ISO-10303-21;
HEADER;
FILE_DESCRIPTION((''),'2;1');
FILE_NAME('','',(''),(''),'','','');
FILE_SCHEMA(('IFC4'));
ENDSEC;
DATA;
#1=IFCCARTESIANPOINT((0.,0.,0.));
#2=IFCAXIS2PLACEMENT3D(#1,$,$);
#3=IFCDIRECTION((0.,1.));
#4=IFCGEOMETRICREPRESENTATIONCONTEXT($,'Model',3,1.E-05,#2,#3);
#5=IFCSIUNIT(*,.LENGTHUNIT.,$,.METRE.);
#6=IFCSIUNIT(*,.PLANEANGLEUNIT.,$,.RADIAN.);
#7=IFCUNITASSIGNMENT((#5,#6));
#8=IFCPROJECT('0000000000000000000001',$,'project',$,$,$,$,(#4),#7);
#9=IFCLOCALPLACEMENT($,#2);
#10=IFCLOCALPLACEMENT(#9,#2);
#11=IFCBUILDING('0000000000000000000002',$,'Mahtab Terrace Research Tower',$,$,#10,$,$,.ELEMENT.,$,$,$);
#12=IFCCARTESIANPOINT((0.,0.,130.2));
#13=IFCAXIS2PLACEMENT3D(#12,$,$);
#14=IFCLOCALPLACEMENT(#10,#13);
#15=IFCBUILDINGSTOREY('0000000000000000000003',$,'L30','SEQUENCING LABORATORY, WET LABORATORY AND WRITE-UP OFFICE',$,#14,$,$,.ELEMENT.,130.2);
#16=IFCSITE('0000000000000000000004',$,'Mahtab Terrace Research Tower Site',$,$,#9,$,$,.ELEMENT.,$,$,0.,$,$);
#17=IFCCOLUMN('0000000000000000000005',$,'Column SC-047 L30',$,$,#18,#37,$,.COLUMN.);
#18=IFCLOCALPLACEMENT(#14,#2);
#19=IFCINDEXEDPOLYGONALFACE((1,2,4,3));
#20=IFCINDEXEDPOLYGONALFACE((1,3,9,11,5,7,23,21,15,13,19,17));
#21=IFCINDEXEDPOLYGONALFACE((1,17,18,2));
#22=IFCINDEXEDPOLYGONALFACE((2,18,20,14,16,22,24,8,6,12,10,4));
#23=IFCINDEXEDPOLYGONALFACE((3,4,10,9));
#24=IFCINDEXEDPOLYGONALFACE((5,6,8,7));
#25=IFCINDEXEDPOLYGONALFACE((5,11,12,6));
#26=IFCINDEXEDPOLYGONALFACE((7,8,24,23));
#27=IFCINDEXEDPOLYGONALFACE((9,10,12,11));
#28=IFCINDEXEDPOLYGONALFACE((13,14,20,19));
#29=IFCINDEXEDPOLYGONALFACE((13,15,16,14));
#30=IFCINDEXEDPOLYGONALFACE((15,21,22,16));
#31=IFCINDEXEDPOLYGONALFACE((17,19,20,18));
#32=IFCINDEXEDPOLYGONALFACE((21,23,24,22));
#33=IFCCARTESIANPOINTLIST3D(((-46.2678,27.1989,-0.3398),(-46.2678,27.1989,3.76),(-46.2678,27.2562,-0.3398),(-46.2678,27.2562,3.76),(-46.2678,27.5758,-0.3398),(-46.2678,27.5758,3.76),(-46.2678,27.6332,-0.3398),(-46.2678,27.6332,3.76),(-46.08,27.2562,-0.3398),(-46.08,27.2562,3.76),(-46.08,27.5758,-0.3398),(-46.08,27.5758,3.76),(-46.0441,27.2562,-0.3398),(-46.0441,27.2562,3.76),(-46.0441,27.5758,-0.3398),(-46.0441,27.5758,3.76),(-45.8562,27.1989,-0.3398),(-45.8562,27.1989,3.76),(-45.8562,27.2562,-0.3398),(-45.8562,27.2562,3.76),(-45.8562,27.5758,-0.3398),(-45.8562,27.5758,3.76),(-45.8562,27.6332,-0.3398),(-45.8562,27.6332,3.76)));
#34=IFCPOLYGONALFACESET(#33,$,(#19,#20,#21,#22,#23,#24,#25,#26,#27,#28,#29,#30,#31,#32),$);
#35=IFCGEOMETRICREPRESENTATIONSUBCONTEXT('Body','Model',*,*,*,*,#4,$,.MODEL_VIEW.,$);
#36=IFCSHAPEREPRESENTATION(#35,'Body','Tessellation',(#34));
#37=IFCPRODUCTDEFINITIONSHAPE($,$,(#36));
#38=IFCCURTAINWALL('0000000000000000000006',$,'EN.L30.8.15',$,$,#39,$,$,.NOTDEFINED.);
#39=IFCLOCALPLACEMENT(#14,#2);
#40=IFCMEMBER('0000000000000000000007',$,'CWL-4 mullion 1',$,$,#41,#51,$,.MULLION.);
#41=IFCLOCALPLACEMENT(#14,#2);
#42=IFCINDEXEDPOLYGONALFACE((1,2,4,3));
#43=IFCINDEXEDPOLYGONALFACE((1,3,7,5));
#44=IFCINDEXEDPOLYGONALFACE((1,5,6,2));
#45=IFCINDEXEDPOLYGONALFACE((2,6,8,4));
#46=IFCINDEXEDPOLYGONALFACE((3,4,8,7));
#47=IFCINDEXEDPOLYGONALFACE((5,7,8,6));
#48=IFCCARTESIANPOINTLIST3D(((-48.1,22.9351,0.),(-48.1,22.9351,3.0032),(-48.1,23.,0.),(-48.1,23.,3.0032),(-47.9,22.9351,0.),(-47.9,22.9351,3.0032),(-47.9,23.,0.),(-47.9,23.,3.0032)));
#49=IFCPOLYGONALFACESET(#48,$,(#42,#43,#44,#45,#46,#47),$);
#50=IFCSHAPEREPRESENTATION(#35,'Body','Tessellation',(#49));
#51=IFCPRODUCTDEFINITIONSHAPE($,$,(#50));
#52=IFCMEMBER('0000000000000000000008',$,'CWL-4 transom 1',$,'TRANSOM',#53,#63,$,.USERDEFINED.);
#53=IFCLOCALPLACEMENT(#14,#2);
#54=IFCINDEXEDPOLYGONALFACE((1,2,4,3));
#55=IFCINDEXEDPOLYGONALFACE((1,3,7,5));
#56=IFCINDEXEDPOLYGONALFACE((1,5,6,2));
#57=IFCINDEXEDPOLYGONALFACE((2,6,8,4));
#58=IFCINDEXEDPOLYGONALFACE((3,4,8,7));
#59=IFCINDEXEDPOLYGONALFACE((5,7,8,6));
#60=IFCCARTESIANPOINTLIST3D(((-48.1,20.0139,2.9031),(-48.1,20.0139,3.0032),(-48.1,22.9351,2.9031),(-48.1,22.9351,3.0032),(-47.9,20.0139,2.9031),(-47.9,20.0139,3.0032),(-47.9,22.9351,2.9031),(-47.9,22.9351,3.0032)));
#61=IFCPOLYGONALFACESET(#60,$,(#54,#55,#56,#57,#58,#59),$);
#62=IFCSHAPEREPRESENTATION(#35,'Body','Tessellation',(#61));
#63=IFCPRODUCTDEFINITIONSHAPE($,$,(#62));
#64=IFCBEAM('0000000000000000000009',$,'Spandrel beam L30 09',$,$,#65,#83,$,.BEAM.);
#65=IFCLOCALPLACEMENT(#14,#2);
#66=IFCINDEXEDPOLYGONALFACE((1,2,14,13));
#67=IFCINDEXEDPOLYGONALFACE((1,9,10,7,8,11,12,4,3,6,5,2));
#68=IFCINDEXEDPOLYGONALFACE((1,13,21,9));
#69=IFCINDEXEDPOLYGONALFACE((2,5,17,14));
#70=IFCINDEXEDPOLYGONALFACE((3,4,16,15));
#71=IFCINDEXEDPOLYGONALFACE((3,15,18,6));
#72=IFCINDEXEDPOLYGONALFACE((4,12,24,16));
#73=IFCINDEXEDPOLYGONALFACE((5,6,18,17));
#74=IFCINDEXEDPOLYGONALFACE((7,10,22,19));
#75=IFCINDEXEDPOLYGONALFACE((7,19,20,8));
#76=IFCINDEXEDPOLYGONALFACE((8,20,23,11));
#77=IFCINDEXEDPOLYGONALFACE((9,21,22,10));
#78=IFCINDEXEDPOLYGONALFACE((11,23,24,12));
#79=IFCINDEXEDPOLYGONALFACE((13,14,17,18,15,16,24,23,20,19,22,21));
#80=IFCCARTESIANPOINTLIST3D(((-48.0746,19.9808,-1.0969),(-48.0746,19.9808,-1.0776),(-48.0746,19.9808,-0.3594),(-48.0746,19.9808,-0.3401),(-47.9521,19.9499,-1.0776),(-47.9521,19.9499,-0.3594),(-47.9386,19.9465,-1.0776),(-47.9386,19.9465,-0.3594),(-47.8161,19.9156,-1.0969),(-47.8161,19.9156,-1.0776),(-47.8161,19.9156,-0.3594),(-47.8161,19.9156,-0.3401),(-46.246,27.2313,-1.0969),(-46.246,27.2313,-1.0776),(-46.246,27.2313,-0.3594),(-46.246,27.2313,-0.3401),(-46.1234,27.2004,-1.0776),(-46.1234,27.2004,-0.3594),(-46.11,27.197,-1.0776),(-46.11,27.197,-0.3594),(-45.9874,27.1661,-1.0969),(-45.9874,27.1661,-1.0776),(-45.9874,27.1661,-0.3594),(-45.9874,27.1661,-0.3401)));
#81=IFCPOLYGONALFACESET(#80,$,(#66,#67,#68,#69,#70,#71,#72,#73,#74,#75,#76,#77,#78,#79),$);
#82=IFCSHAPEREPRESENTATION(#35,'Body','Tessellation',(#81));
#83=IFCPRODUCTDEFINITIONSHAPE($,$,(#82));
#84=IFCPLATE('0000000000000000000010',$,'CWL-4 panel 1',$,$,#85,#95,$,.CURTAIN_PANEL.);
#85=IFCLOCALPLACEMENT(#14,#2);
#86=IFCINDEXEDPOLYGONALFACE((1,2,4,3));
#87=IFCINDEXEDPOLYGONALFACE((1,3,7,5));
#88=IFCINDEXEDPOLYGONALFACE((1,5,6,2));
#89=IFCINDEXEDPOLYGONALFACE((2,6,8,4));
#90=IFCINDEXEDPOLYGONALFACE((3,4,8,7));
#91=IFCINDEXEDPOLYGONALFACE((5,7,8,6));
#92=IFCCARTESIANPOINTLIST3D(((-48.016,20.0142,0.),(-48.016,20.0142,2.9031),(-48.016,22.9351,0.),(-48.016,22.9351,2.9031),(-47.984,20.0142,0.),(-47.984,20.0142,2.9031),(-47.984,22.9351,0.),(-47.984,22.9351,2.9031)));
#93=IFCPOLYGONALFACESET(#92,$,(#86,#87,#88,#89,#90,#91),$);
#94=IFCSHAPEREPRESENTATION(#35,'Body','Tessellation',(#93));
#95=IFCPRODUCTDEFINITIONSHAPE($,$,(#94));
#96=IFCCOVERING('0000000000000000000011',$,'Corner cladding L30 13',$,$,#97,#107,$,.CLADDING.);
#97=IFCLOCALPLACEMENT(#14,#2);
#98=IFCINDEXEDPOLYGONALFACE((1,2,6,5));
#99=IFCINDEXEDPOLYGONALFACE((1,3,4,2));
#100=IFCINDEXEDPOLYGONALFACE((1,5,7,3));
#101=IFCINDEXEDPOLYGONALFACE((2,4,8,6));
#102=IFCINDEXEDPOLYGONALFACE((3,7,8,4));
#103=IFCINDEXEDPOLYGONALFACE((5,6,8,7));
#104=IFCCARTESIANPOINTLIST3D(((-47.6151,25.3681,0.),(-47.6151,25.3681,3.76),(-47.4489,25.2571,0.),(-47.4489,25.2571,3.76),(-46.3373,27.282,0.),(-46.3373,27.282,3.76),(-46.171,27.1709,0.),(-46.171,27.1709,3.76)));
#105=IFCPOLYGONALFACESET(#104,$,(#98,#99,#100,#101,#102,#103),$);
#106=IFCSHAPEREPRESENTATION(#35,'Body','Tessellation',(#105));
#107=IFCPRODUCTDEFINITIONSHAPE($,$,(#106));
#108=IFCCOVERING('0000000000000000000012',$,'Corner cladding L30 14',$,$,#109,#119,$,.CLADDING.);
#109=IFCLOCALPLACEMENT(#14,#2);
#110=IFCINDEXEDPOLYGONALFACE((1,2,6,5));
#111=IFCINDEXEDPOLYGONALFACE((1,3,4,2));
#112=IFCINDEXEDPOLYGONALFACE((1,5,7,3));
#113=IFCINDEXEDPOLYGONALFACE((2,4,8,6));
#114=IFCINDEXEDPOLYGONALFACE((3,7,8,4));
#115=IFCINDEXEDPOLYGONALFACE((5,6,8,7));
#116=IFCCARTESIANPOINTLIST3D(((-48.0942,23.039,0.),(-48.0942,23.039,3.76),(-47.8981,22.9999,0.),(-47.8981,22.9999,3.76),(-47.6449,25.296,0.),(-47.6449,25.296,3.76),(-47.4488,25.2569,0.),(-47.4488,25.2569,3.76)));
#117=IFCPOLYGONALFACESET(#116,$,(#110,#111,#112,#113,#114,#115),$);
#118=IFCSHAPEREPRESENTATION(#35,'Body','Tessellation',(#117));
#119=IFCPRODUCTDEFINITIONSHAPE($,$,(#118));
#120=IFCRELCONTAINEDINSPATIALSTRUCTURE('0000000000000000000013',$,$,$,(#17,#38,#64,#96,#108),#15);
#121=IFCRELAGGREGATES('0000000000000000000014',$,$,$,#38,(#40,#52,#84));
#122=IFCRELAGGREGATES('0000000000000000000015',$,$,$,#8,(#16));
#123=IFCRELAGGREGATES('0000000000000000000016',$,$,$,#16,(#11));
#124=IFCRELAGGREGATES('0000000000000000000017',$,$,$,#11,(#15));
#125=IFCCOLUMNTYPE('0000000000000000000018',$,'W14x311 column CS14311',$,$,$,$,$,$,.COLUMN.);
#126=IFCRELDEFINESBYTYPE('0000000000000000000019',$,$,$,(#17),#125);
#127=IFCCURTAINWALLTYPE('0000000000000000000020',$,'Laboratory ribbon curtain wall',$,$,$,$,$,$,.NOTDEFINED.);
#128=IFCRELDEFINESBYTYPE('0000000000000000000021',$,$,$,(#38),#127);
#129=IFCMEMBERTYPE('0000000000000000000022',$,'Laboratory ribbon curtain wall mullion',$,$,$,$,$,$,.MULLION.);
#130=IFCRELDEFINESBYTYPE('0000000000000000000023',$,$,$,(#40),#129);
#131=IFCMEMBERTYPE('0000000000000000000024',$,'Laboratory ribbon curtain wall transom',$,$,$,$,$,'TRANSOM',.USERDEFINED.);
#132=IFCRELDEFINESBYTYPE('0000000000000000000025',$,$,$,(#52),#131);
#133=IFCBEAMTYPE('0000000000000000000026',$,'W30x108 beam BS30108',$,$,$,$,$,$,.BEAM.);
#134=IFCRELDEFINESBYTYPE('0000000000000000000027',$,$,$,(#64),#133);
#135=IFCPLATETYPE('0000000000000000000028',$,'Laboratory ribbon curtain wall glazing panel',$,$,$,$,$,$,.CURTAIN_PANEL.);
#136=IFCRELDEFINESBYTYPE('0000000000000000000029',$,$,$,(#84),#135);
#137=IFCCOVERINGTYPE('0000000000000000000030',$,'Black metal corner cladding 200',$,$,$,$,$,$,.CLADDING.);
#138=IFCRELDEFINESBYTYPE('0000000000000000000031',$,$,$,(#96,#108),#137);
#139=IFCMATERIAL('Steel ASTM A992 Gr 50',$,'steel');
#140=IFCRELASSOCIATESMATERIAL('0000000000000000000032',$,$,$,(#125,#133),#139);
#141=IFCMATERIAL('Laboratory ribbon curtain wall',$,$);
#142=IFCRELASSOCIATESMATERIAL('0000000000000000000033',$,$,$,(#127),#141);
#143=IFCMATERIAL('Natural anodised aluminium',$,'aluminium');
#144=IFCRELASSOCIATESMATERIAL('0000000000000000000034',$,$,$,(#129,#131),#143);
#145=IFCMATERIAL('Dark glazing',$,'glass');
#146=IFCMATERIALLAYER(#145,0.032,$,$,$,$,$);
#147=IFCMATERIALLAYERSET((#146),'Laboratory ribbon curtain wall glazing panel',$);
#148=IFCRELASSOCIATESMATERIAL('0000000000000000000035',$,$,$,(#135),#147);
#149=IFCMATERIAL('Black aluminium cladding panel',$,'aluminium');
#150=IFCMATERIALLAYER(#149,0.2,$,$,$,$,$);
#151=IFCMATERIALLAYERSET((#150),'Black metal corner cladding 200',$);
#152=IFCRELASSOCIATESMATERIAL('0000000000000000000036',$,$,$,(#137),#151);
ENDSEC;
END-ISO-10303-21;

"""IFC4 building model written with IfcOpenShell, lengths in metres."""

from ifc_helpers import new_model, si_unit, direction, frame, origin, origin_2d, place, context, subcontext, project, spatial, rectangle, i_section, extrude, material, layer, layer_set, material_profile, profile_set, type_object, element, aggregate, save


model = new_model("IFC4")

# Units and contexts
model_context = context("Model", 3, precision=1e-05, world=origin(), true_north=direction((0.0, 1.0)))
body_context = subcontext(model_context, "Body", "Model", "MODEL_VIEW")
ifc_project = project(units=[si_unit("LENGTHUNIT", "METRE"), si_unit("PLANEANGLEUNIT", "RADIAN")], contexts=[model_context])

# Site, building, storey
site_placement = place(None, origin())
site = spatial("IfcSite", under=ifc_project, at=site_placement, Name="Mahtab Terrace Research Tower Site", CompositionType="ELEMENT", RefElevation=0.0)
building_placement = place(site_placement, origin())
building = spatial("IfcBuilding", under=site, at=building_placement, Name="Mahtab Terrace Research Tower", CompositionType="ELEMENT")
storey_placement = place(building_placement, frame((0.0, 0.0, 130.2)))
storey = spatial("IfcBuildingStorey", under=building, at=storey_placement, Name="L30", Description="SEQUENCING LABORATORY, WET LABORATORY AND WRITE-UP OFFICE", CompositionType="ELEMENT", Elevation=130.2)

# Column
ifc_material_1 = material(Name="Steel ASTM A992 Gr 50", Category="steel")
ifc_material_profile_1 = material_profile(ifc_material_1, i_section(OverallWidth=0.4116, OverallDepth=0.4343, WebThickness=0.0359, FlangeThickness=0.0574, at=origin_2d()), Name="W14X311")
ifc_profile_set_1 = profile_set([ifc_material_profile_1], Name="Steel ASTM A992 Gr 50")
column_type = type_object("IfcColumnType", Name="W14x311 column CS14311", PredefinedType="COLUMN", material=ifc_profile_set_1)
column_placement = place(storey_placement, frame((-46.062, 27.416, -0.3398), z_axis=(0.0, 0.0, 1.0), x_axis=(1.0, 0.0, 0.0)))
element("IfcColumn", 1, at=column_placement, inside=storey, type_object=column_type, Name="Column SC-047 L30", PredefinedType="COLUMN", context=body_context, shape_type="SweptSolid", body=[
    extrude(i_section(OverallWidth=0.4116, OverallDepth=0.4343, WebThickness=0.0359, FlangeThickness=0.0574, at=origin_2d()), origin(), (0.0, 0.0, 1.0), 4.0999),
])

# Curtain wall, members
ifc_material_2 = material(Name="Laboratory ribbon curtain wall")
curtain_wall_type = type_object("IfcCurtainWallType", Name="Laboratory ribbon curtain wall", PredefinedType="NOTDEFINED", material=ifc_material_2)
curtain_wall_placement = place(storey_placement, origin())
curtain_wall = element("IfcCurtainWall", 2, at=curtain_wall_placement, inside=storey, type_object=curtain_wall_type, Name="EN.L30.8.15", PredefinedType="NOTDEFINED")
ifc_material_3 = material(Name="Natural anodised aluminium", Category="aluminium")
ifc_material_profile_2 = material_profile(ifc_material_3, rectangle(XDim=0.2, YDim=0.0649, at=origin_2d()), Name="MULLION 65x200")
ifc_profile_set_2 = profile_set([ifc_material_profile_2], Name="Natural anodised aluminium")
member_type_1 = type_object("IfcMemberType", Name="Laboratory ribbon curtain wall mullion", PredefinedType="MULLION", material=ifc_profile_set_2)
member_1_placement = place(storey_placement, frame((-48.0, 22.9675, 0.0), z_axis=(0.0, 0.0, 1.0), x_axis=(1.0, 0.0, 0.0)))
member_1 = element("IfcMember", 3, at=member_1_placement, type_object=member_type_1, Name="CWL-4 mullion 1", PredefinedType="MULLION", context=body_context, shape_type="SweptSolid", body=[
    extrude(rectangle(XDim=0.2, YDim=0.0649, at=origin_2d()), origin(), (0.0, 0.0, 1.0), 3.0032),
])
ifc_material_profile_3 = material_profile(ifc_material_3, rectangle(XDim=0.2, YDim=0.1001, at=origin_2d()), Name="TRANSOM 100x200")
ifc_profile_set_3 = profile_set([ifc_material_profile_3], Name="Natural anodised aluminium")
member_type_2 = type_object("IfcMemberType", Name="Laboratory ribbon curtain wall transom", ElementType="TRANSOM", PredefinedType="USERDEFINED", material=ifc_profile_set_3)
member_2_placement = place(storey_placement, frame((-48.0, 22.9351, 2.9531), z_axis=(0.0, -1.0, 0.0), x_axis=(1.0, 0.0, 0.0)))
member_2 = element("IfcMember", 4, at=member_2_placement, type_object=member_type_2, Name="CWL-4 transom 1", ObjectType="TRANSOM", PredefinedType="USERDEFINED", context=body_context, shape_type="SweptSolid", body=[
    extrude(rectangle(XDim=0.2, YDim=0.1001, at=origin_2d()), origin(), (0.0, 0.0, 1.0), 2.9211),
])

# Beam
ifc_material_profile_4 = material_profile(ifc_material_1, i_section(OverallWidth=0.2666, OverallDepth=0.7568, WebThickness=0.0139, FlangeThickness=0.0193, at=origin_2d()), Name="W30X108")
ifc_profile_set_4 = profile_set([ifc_material_profile_4], Name="Steel ASTM A992 Gr 50")
beam_type = type_object("IfcBeamType", Name="W30x108 beam BS30108", PredefinedType="BEAM", material=ifc_profile_set_4)
beam_placement = place(storey_placement, frame((-46.1167, 27.1987, -0.7185), z_axis=(-0.244548, -0.969637, 0.0), x_axis=(0.969637, -0.244548, 0.0)))
element("IfcBeam", 5, at=beam_placement, inside=storey, type_object=beam_type, Name="Spandrel beam L30 09", PredefinedType="BEAM", context=body_context, shape_type="SweptSolid", body=[
    extrude(i_section(OverallWidth=0.2666, OverallDepth=0.7568, WebThickness=0.0139, FlangeThickness=0.0193, at=origin_2d()), origin(), (0.0, 0.0, 1.0), 7.4775),
])

# Plate
ifc_material_4 = material(Name="Dark glazing", Category="glass")
ifc_layer_1 = layer(ifc_material_4, 0.032)
ifc_layer_set_1 = layer_set([ifc_layer_1], Name="Laboratory ribbon curtain wall glazing panel")
plate_type = type_object("IfcPlateType", Name="Laboratory ribbon curtain wall glazing panel", PredefinedType="CURTAIN_PANEL", material=ifc_layer_set_1)
plate_placement = place(storey_placement, frame((-48.0, 21.4746, 0.0), z_axis=(0.0, 0.0, 1.0), x_axis=(0.0, -1.0, 0.0)))
plate = element("IfcPlate", 6, at=plate_placement, type_object=plate_type, Name="CWL-4 panel 1", PredefinedType="CURTAIN_PANEL", context=body_context, shape_type="SweptSolid", body=[
    extrude(rectangle(XDim=2.9209, YDim=0.032, at=origin_2d()), origin(), (0.0, 0.0, 1.0), 2.9031),
])
aggregate(curtain_wall, [member_1, member_2, plate])

# Coverings
ifc_material_5 = material(Name="Black aluminium cladding panel", Category="aluminium")
ifc_layer_2 = layer(ifc_material_5, 0.2)
ifc_layer_set_2 = layer_set([ifc_layer_2], Name="Black metal corner cladding 200")
covering_type = type_object("IfcCoveringType", Name="Black metal corner cladding 200", PredefinedType="CLADDING", material=ifc_layer_set_2)
for number, where, z_axis, x_axis, name in (
    (7, (-46.8931, 26.2695, 0.0), (0.0, 0.0, 1.0), (-0.555291, -0.831656, 0.0), "Corner cladding L30 13"),
    (8, (-47.7715, 24.1479, 0.0), (0.0, 0.0, 1.0), (-0.195212, -0.980761, 0.0), "Corner cladding L30 14"),
):
    element("IfcCovering", number, at=place(storey_placement, frame(where, z_axis=z_axis, x_axis=x_axis)), inside=storey, type_object=covering_type, Name=name, PredefinedType="CLADDING", context=body_context, shape_type="SweptSolid", body=[
        extrude(rectangle(XDim=2.3013, YDim=0.2, at=origin_2d()), origin(), (0.0, 0.0, 1.0), 3.76),
    ])

save(model, "model.ifc")
